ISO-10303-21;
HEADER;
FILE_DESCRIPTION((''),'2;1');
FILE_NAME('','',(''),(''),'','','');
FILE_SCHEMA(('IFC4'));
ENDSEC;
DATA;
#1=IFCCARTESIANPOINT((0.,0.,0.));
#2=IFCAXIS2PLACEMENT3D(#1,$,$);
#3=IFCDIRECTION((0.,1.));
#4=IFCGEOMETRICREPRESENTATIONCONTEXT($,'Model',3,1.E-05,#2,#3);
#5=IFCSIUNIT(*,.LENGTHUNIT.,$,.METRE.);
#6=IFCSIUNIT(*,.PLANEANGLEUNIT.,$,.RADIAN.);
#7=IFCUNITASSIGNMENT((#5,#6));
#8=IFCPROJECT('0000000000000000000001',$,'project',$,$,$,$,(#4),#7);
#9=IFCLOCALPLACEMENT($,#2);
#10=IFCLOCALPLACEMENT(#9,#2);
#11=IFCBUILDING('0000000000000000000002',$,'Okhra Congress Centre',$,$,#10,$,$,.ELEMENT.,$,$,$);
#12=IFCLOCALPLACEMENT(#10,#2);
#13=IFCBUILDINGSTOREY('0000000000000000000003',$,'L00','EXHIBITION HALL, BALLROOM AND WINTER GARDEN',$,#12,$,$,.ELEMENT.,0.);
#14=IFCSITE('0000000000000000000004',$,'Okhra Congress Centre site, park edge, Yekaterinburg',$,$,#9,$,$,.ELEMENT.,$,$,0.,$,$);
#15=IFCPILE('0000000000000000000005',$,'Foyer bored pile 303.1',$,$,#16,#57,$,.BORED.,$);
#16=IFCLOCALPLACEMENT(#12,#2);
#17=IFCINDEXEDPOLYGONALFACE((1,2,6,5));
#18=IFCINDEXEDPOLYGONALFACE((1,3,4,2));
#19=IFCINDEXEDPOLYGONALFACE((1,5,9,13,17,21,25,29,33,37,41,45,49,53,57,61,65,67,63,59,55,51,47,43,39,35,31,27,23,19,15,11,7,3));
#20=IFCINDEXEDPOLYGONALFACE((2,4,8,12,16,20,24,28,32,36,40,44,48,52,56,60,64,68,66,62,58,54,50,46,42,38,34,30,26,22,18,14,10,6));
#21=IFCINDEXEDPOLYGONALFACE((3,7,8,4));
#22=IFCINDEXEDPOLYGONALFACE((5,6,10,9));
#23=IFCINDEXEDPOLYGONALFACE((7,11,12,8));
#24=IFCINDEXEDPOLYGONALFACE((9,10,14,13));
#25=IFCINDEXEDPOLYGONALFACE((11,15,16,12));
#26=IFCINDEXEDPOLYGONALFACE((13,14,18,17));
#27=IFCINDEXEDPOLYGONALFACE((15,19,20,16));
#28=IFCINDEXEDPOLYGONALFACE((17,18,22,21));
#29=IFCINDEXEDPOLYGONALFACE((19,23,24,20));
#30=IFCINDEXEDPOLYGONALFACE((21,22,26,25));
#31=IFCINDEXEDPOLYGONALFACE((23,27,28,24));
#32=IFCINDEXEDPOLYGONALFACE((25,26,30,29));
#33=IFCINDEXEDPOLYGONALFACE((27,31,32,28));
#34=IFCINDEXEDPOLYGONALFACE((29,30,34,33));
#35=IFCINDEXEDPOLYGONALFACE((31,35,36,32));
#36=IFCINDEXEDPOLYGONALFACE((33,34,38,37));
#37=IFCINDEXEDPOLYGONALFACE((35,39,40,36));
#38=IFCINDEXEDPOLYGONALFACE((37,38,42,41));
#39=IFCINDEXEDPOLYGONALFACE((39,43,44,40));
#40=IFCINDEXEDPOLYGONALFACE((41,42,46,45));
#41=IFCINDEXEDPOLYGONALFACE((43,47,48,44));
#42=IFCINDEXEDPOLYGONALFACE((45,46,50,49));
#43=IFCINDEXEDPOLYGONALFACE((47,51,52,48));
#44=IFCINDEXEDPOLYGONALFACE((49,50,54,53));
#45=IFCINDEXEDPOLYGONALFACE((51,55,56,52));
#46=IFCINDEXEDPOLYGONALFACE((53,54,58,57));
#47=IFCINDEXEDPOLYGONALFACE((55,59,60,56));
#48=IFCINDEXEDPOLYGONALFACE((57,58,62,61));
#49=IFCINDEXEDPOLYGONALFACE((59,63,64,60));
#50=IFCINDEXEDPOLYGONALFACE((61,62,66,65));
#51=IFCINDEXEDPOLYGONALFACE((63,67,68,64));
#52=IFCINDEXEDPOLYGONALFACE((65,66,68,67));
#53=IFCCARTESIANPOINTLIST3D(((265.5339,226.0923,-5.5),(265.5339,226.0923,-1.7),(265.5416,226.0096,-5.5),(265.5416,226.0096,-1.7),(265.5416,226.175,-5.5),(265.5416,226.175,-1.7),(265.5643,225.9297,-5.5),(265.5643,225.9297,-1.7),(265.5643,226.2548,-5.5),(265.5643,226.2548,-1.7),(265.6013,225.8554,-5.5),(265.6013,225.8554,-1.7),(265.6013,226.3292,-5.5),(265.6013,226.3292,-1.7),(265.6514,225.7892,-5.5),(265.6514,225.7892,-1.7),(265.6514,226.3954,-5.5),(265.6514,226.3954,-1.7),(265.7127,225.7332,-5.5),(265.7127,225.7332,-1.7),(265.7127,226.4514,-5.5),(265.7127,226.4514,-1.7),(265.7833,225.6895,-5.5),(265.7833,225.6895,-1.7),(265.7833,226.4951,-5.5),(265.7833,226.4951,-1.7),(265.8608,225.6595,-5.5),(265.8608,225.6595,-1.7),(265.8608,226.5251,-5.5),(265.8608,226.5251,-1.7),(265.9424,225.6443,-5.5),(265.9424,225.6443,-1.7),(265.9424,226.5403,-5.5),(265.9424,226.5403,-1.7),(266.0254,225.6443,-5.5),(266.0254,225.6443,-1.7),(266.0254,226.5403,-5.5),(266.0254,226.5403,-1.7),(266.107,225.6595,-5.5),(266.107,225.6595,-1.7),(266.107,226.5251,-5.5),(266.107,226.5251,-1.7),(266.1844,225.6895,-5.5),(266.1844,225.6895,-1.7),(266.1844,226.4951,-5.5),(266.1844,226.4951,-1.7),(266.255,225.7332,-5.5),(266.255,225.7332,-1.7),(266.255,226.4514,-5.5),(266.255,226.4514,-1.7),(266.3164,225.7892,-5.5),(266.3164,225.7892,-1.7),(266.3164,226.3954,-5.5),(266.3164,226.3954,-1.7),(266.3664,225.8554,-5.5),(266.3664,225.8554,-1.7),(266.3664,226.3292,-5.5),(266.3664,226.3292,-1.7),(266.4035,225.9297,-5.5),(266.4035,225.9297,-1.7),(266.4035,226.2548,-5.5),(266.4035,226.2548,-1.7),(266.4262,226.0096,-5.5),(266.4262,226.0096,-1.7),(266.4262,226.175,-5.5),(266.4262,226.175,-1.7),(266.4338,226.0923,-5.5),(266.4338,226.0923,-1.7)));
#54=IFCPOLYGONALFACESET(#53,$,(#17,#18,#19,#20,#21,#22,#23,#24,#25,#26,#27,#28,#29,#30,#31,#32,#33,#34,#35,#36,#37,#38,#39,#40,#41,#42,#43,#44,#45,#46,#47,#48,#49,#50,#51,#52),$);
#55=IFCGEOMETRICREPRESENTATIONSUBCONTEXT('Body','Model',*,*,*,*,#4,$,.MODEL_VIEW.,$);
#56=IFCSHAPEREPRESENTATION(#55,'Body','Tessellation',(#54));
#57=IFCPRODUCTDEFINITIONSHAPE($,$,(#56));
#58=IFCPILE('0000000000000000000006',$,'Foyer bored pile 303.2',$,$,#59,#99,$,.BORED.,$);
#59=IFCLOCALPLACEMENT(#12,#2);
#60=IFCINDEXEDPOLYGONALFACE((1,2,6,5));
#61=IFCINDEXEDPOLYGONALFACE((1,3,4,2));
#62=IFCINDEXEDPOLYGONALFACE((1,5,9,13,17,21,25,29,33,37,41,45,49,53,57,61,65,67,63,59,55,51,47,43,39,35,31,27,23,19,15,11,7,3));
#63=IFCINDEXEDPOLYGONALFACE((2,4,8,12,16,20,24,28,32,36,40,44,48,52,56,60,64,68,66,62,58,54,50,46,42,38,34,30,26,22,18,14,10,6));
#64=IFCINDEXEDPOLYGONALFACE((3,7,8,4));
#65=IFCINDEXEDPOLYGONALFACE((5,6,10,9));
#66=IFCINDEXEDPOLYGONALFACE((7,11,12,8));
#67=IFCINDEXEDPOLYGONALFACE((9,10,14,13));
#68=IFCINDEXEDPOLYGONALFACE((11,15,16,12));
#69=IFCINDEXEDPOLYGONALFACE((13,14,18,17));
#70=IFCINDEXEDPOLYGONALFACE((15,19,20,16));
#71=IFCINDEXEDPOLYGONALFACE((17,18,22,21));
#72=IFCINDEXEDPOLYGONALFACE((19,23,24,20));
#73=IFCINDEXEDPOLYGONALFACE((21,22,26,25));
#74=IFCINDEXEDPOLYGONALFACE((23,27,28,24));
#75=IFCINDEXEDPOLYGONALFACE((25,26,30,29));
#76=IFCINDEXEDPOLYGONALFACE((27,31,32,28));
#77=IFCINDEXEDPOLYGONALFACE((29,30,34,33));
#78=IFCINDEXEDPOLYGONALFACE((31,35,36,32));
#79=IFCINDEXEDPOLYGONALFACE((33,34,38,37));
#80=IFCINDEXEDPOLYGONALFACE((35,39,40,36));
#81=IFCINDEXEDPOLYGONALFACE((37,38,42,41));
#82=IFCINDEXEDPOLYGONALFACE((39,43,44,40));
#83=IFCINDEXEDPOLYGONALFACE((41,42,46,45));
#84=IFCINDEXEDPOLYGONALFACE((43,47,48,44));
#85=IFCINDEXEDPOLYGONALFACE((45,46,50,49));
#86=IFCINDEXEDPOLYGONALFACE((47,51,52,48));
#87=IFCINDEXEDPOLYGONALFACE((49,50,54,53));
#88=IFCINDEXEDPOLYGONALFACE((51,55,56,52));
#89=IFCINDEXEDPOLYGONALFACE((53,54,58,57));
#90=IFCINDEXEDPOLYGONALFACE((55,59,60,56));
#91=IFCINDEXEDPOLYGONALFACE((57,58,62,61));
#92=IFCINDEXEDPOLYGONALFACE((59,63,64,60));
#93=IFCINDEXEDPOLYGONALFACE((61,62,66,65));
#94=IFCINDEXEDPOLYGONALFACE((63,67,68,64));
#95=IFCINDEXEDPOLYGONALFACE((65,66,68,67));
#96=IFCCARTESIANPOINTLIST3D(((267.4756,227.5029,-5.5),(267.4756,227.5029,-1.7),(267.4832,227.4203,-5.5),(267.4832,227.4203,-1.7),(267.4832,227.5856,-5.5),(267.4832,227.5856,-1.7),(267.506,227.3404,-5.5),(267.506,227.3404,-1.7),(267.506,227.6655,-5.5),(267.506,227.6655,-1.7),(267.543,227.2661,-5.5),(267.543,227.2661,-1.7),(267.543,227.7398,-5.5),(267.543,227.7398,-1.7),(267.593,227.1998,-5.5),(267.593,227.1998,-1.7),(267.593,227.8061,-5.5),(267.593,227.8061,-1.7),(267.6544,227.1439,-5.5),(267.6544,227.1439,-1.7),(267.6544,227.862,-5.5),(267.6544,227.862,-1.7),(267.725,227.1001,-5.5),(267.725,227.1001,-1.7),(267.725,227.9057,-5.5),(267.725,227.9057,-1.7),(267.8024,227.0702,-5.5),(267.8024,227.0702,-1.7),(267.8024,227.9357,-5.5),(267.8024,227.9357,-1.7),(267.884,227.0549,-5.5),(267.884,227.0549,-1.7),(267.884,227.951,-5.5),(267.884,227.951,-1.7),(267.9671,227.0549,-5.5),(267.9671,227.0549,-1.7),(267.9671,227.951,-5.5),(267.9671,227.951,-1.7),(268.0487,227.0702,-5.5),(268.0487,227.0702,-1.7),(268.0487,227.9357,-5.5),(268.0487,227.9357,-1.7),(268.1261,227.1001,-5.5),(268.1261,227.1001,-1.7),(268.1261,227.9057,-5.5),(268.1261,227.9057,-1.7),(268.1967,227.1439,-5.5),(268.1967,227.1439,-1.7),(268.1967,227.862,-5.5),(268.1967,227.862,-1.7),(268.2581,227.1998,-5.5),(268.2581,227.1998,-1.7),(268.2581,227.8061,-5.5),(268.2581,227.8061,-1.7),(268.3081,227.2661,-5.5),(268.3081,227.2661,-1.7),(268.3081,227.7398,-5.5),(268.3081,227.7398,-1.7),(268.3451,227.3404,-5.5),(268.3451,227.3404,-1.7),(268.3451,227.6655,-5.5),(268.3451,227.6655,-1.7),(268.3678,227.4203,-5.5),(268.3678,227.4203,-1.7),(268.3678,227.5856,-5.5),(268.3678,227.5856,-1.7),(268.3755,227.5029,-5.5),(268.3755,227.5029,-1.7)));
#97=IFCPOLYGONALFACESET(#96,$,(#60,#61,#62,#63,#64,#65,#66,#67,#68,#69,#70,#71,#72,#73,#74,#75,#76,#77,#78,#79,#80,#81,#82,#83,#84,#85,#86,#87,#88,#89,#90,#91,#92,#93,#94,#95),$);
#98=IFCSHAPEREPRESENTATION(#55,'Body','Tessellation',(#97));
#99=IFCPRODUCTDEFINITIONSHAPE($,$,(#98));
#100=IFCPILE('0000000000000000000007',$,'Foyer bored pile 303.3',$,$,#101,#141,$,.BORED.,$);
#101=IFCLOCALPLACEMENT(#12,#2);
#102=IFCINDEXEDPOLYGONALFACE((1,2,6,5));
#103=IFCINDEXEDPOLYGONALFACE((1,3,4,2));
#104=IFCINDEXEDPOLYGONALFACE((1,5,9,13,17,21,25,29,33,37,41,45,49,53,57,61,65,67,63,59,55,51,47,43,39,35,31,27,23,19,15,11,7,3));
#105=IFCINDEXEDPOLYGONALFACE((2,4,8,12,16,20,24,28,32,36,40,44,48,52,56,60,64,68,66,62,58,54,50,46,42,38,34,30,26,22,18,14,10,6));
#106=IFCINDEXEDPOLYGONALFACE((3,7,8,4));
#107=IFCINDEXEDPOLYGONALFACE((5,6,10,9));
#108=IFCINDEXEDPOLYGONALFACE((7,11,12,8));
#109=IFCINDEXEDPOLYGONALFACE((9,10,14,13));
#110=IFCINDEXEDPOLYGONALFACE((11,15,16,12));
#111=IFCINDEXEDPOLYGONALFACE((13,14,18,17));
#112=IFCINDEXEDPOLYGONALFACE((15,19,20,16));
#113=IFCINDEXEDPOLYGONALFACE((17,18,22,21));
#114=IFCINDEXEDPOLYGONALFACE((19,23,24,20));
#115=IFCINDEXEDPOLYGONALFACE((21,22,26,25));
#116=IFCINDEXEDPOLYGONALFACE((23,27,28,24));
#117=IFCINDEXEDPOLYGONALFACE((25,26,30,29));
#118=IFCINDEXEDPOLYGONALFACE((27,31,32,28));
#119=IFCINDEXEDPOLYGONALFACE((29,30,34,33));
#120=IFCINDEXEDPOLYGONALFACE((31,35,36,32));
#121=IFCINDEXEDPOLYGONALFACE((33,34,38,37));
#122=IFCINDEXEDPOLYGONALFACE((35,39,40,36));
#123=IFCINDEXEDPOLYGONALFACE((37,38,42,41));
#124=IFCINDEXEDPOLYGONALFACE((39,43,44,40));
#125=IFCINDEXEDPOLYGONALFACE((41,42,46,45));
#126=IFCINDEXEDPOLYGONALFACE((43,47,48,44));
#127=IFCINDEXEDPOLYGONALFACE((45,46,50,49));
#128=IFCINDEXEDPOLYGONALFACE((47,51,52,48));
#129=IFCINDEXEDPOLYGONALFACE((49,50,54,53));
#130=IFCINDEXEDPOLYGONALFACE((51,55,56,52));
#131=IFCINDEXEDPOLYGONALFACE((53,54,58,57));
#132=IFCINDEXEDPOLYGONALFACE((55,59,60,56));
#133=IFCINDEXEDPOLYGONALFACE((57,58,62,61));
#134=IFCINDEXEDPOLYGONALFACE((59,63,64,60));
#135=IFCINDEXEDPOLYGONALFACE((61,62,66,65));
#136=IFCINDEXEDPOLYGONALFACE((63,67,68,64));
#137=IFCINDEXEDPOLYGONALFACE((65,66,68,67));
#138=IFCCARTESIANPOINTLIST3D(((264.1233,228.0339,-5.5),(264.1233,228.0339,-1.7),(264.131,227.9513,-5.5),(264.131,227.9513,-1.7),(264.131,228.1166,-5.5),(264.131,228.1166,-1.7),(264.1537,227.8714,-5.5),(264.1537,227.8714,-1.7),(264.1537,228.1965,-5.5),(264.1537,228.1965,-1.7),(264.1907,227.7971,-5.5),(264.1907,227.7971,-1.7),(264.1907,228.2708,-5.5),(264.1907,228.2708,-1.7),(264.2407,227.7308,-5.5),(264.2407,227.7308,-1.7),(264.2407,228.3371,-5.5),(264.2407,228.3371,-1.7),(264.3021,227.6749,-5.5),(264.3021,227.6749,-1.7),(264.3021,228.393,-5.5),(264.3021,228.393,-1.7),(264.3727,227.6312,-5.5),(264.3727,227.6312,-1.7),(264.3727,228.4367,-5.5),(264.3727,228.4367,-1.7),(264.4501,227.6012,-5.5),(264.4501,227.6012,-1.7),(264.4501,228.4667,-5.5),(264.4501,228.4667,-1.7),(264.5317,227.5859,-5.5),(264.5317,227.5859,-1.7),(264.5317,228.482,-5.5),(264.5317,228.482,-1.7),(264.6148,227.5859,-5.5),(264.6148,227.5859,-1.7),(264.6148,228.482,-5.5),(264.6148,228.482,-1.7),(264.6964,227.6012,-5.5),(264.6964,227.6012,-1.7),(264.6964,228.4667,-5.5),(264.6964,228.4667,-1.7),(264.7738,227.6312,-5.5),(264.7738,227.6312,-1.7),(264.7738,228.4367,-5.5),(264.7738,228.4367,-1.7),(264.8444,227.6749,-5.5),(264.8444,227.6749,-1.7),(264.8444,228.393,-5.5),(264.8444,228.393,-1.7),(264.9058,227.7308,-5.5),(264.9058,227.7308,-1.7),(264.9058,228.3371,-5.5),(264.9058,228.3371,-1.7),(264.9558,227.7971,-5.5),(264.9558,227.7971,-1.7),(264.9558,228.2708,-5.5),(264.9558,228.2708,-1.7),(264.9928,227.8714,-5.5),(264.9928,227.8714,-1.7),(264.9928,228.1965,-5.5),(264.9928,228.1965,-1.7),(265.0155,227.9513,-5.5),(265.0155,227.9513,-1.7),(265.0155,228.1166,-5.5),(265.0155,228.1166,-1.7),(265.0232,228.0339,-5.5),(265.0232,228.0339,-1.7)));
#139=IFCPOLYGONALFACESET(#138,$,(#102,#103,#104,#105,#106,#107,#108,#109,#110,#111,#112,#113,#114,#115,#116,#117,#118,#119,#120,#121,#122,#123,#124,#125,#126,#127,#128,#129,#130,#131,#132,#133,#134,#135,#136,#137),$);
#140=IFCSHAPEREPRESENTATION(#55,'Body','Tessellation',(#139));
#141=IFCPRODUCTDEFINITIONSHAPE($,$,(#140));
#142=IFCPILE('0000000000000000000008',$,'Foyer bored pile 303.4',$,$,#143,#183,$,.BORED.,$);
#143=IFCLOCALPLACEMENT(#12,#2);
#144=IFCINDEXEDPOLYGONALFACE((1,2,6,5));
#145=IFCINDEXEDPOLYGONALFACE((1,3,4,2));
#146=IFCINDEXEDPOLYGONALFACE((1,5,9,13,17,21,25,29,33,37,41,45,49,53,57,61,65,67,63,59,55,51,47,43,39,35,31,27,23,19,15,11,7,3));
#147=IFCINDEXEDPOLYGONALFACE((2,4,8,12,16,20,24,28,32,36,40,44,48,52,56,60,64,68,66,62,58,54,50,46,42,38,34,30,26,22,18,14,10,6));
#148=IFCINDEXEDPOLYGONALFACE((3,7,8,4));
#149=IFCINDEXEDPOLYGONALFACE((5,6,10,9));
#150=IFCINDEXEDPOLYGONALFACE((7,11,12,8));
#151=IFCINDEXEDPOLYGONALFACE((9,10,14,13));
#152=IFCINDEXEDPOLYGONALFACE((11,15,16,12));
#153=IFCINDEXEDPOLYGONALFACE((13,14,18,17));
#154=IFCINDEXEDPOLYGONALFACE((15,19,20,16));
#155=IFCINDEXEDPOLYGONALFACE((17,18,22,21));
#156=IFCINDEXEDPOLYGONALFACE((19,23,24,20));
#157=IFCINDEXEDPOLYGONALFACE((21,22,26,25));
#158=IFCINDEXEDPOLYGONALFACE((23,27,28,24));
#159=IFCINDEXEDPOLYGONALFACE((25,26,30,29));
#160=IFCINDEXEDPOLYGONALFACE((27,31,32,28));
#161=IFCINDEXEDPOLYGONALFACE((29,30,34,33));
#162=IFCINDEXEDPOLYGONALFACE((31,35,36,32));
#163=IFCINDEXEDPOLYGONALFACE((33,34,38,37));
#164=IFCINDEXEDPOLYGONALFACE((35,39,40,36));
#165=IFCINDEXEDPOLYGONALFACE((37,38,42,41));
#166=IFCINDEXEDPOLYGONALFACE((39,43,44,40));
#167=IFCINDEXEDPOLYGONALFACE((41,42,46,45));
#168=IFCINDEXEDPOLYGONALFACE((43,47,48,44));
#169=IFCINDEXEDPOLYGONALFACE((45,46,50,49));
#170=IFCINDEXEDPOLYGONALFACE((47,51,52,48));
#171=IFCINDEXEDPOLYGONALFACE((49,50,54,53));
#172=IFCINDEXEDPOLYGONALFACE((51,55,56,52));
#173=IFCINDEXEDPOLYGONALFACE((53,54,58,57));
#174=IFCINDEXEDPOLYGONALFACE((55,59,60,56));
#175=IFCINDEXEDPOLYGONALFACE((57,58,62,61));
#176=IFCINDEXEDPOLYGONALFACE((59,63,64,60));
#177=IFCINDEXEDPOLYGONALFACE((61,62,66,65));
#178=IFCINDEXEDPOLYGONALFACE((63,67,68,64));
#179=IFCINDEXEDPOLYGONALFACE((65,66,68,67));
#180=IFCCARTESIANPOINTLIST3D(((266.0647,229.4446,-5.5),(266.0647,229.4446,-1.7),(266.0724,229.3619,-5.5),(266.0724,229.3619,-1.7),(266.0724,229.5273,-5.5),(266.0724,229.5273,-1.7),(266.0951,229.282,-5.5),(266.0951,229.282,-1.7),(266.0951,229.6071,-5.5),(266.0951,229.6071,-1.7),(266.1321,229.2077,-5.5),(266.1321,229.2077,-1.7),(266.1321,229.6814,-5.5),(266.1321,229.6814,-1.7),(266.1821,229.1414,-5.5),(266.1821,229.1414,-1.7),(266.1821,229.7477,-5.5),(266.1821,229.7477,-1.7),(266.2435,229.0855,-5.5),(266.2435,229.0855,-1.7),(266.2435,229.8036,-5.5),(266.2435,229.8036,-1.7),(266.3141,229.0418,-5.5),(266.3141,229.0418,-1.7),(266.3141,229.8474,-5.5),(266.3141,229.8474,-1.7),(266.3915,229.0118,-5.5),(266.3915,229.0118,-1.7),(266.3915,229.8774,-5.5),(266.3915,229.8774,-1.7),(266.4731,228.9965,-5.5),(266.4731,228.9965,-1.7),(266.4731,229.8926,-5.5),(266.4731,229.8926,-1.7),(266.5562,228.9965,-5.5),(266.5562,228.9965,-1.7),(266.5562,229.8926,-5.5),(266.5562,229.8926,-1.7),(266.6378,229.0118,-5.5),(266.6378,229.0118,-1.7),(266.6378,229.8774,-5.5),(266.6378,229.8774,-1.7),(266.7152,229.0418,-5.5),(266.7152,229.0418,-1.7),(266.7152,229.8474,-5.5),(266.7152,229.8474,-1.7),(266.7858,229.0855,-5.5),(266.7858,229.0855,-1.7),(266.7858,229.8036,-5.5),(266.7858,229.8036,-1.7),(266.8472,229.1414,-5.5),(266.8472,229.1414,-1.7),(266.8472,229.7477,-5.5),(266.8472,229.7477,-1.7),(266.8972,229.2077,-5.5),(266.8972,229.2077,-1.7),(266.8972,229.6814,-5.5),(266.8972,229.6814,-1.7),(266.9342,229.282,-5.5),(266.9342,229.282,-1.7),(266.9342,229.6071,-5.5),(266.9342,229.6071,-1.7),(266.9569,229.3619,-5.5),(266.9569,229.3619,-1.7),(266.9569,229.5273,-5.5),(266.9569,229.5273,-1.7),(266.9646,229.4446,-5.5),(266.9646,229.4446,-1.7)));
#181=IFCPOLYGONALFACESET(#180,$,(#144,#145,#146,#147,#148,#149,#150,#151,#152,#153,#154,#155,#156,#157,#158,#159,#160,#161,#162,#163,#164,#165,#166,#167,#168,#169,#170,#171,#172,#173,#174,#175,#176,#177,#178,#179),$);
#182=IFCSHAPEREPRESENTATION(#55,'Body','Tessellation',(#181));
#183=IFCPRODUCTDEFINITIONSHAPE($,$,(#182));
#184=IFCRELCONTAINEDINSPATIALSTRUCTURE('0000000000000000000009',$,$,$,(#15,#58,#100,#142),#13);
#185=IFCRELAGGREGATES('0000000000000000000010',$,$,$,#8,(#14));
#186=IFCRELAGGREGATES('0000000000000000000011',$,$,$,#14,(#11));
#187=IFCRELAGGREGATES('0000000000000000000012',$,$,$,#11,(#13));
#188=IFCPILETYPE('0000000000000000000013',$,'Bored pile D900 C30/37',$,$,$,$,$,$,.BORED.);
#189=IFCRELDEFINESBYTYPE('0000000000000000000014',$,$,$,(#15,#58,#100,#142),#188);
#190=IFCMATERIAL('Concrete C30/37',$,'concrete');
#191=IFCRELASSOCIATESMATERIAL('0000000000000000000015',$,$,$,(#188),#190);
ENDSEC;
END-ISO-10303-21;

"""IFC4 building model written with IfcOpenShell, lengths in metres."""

from ifc_helpers import new_model, si_unit, direction, frame, origin, origin_2d, place, context, subcontext, project, spatial, circle, extrude, material, material_profile, profile_set, type_object, element, save


model = new_model("IFC4")

# Units and contexts
model_context = context("Model", 3, precision=1e-05, world=origin(), true_north=direction((0.0, 1.0)))
body_context = subcontext(model_context, "Body", "Model", "MODEL_VIEW")
ifc_project = project(units=[si_unit("LENGTHUNIT", "METRE"), si_unit("PLANEANGLEUNIT", "RADIAN")], contexts=[model_context])

# Site, building, storey
site_placement = place(None, origin())
site = spatial("IfcSite", under=ifc_project, at=site_placement, Name="Okhra Congress Centre site, park edge, Yekaterinburg", CompositionType="ELEMENT", RefElevation=0.0)
building_placement = place(site_placement, origin())
building = spatial("IfcBuilding", under=site, at=building_placement, Name="Okhra Congress Centre", CompositionType="ELEMENT")
storey_placement = place(building_placement, origin())
storey = spatial("IfcBuildingStorey", under=building, at=storey_placement, Name="L00", Description="EXHIBITION HALL, BALLROOM AND WINTER GARDEN", CompositionType="ELEMENT", Elevation=0.0)

# Piles
ifc_material_1 = material(Name="Concrete C30/37", Category="concrete")
ifc_material_profile = material_profile(ifc_material_1, circle(Radius=0.45, at=origin_2d()), Name="D900")
ifc_profile_set = profile_set([ifc_material_profile], Name="Concrete C30/37")
pile_type = type_object("IfcPileType", Name="Bored pile D900 C30/37", PredefinedType="BORED", material=ifc_profile_set)
for number, where, z_axis, x_axis, name in (
    (1, (265.9839, 226.0923, -1.7), (0.0, 0.0, -1.0), (1.0, 0.0, 0.0), "Foyer bored pile 303.1"),
    (2, (267.9255, 227.5029, -1.7), (0.0, 0.0, -1.0), (1.0, 0.0, 0.0), "Foyer bored pile 303.2"),
    (3, (264.5732, 228.0339, -1.7), (0.0, 0.0, -1.0), (1.0, 0.0, 0.0), "Foyer bored pile 303.3"),
    (4, (266.5146, 229.4446, -1.7), (0.0, 0.0, -1.0), (1.0, 0.0, 0.0), "Foyer bored pile 303.4"),
):
    element("IfcPile", number, at=place(storey_placement, frame(where, z_axis=z_axis, x_axis=x_axis)), inside=storey, type_object=pile_type, Name=name, PredefinedType="BORED", context=body_context, shape_type="SweptSolid", body=[
        extrude(circle(Radius=0.45, at=origin_2d()), origin(), (0.0, 0.0, 1.0), 3.8),
    ])

save(model, "model.ifc")
